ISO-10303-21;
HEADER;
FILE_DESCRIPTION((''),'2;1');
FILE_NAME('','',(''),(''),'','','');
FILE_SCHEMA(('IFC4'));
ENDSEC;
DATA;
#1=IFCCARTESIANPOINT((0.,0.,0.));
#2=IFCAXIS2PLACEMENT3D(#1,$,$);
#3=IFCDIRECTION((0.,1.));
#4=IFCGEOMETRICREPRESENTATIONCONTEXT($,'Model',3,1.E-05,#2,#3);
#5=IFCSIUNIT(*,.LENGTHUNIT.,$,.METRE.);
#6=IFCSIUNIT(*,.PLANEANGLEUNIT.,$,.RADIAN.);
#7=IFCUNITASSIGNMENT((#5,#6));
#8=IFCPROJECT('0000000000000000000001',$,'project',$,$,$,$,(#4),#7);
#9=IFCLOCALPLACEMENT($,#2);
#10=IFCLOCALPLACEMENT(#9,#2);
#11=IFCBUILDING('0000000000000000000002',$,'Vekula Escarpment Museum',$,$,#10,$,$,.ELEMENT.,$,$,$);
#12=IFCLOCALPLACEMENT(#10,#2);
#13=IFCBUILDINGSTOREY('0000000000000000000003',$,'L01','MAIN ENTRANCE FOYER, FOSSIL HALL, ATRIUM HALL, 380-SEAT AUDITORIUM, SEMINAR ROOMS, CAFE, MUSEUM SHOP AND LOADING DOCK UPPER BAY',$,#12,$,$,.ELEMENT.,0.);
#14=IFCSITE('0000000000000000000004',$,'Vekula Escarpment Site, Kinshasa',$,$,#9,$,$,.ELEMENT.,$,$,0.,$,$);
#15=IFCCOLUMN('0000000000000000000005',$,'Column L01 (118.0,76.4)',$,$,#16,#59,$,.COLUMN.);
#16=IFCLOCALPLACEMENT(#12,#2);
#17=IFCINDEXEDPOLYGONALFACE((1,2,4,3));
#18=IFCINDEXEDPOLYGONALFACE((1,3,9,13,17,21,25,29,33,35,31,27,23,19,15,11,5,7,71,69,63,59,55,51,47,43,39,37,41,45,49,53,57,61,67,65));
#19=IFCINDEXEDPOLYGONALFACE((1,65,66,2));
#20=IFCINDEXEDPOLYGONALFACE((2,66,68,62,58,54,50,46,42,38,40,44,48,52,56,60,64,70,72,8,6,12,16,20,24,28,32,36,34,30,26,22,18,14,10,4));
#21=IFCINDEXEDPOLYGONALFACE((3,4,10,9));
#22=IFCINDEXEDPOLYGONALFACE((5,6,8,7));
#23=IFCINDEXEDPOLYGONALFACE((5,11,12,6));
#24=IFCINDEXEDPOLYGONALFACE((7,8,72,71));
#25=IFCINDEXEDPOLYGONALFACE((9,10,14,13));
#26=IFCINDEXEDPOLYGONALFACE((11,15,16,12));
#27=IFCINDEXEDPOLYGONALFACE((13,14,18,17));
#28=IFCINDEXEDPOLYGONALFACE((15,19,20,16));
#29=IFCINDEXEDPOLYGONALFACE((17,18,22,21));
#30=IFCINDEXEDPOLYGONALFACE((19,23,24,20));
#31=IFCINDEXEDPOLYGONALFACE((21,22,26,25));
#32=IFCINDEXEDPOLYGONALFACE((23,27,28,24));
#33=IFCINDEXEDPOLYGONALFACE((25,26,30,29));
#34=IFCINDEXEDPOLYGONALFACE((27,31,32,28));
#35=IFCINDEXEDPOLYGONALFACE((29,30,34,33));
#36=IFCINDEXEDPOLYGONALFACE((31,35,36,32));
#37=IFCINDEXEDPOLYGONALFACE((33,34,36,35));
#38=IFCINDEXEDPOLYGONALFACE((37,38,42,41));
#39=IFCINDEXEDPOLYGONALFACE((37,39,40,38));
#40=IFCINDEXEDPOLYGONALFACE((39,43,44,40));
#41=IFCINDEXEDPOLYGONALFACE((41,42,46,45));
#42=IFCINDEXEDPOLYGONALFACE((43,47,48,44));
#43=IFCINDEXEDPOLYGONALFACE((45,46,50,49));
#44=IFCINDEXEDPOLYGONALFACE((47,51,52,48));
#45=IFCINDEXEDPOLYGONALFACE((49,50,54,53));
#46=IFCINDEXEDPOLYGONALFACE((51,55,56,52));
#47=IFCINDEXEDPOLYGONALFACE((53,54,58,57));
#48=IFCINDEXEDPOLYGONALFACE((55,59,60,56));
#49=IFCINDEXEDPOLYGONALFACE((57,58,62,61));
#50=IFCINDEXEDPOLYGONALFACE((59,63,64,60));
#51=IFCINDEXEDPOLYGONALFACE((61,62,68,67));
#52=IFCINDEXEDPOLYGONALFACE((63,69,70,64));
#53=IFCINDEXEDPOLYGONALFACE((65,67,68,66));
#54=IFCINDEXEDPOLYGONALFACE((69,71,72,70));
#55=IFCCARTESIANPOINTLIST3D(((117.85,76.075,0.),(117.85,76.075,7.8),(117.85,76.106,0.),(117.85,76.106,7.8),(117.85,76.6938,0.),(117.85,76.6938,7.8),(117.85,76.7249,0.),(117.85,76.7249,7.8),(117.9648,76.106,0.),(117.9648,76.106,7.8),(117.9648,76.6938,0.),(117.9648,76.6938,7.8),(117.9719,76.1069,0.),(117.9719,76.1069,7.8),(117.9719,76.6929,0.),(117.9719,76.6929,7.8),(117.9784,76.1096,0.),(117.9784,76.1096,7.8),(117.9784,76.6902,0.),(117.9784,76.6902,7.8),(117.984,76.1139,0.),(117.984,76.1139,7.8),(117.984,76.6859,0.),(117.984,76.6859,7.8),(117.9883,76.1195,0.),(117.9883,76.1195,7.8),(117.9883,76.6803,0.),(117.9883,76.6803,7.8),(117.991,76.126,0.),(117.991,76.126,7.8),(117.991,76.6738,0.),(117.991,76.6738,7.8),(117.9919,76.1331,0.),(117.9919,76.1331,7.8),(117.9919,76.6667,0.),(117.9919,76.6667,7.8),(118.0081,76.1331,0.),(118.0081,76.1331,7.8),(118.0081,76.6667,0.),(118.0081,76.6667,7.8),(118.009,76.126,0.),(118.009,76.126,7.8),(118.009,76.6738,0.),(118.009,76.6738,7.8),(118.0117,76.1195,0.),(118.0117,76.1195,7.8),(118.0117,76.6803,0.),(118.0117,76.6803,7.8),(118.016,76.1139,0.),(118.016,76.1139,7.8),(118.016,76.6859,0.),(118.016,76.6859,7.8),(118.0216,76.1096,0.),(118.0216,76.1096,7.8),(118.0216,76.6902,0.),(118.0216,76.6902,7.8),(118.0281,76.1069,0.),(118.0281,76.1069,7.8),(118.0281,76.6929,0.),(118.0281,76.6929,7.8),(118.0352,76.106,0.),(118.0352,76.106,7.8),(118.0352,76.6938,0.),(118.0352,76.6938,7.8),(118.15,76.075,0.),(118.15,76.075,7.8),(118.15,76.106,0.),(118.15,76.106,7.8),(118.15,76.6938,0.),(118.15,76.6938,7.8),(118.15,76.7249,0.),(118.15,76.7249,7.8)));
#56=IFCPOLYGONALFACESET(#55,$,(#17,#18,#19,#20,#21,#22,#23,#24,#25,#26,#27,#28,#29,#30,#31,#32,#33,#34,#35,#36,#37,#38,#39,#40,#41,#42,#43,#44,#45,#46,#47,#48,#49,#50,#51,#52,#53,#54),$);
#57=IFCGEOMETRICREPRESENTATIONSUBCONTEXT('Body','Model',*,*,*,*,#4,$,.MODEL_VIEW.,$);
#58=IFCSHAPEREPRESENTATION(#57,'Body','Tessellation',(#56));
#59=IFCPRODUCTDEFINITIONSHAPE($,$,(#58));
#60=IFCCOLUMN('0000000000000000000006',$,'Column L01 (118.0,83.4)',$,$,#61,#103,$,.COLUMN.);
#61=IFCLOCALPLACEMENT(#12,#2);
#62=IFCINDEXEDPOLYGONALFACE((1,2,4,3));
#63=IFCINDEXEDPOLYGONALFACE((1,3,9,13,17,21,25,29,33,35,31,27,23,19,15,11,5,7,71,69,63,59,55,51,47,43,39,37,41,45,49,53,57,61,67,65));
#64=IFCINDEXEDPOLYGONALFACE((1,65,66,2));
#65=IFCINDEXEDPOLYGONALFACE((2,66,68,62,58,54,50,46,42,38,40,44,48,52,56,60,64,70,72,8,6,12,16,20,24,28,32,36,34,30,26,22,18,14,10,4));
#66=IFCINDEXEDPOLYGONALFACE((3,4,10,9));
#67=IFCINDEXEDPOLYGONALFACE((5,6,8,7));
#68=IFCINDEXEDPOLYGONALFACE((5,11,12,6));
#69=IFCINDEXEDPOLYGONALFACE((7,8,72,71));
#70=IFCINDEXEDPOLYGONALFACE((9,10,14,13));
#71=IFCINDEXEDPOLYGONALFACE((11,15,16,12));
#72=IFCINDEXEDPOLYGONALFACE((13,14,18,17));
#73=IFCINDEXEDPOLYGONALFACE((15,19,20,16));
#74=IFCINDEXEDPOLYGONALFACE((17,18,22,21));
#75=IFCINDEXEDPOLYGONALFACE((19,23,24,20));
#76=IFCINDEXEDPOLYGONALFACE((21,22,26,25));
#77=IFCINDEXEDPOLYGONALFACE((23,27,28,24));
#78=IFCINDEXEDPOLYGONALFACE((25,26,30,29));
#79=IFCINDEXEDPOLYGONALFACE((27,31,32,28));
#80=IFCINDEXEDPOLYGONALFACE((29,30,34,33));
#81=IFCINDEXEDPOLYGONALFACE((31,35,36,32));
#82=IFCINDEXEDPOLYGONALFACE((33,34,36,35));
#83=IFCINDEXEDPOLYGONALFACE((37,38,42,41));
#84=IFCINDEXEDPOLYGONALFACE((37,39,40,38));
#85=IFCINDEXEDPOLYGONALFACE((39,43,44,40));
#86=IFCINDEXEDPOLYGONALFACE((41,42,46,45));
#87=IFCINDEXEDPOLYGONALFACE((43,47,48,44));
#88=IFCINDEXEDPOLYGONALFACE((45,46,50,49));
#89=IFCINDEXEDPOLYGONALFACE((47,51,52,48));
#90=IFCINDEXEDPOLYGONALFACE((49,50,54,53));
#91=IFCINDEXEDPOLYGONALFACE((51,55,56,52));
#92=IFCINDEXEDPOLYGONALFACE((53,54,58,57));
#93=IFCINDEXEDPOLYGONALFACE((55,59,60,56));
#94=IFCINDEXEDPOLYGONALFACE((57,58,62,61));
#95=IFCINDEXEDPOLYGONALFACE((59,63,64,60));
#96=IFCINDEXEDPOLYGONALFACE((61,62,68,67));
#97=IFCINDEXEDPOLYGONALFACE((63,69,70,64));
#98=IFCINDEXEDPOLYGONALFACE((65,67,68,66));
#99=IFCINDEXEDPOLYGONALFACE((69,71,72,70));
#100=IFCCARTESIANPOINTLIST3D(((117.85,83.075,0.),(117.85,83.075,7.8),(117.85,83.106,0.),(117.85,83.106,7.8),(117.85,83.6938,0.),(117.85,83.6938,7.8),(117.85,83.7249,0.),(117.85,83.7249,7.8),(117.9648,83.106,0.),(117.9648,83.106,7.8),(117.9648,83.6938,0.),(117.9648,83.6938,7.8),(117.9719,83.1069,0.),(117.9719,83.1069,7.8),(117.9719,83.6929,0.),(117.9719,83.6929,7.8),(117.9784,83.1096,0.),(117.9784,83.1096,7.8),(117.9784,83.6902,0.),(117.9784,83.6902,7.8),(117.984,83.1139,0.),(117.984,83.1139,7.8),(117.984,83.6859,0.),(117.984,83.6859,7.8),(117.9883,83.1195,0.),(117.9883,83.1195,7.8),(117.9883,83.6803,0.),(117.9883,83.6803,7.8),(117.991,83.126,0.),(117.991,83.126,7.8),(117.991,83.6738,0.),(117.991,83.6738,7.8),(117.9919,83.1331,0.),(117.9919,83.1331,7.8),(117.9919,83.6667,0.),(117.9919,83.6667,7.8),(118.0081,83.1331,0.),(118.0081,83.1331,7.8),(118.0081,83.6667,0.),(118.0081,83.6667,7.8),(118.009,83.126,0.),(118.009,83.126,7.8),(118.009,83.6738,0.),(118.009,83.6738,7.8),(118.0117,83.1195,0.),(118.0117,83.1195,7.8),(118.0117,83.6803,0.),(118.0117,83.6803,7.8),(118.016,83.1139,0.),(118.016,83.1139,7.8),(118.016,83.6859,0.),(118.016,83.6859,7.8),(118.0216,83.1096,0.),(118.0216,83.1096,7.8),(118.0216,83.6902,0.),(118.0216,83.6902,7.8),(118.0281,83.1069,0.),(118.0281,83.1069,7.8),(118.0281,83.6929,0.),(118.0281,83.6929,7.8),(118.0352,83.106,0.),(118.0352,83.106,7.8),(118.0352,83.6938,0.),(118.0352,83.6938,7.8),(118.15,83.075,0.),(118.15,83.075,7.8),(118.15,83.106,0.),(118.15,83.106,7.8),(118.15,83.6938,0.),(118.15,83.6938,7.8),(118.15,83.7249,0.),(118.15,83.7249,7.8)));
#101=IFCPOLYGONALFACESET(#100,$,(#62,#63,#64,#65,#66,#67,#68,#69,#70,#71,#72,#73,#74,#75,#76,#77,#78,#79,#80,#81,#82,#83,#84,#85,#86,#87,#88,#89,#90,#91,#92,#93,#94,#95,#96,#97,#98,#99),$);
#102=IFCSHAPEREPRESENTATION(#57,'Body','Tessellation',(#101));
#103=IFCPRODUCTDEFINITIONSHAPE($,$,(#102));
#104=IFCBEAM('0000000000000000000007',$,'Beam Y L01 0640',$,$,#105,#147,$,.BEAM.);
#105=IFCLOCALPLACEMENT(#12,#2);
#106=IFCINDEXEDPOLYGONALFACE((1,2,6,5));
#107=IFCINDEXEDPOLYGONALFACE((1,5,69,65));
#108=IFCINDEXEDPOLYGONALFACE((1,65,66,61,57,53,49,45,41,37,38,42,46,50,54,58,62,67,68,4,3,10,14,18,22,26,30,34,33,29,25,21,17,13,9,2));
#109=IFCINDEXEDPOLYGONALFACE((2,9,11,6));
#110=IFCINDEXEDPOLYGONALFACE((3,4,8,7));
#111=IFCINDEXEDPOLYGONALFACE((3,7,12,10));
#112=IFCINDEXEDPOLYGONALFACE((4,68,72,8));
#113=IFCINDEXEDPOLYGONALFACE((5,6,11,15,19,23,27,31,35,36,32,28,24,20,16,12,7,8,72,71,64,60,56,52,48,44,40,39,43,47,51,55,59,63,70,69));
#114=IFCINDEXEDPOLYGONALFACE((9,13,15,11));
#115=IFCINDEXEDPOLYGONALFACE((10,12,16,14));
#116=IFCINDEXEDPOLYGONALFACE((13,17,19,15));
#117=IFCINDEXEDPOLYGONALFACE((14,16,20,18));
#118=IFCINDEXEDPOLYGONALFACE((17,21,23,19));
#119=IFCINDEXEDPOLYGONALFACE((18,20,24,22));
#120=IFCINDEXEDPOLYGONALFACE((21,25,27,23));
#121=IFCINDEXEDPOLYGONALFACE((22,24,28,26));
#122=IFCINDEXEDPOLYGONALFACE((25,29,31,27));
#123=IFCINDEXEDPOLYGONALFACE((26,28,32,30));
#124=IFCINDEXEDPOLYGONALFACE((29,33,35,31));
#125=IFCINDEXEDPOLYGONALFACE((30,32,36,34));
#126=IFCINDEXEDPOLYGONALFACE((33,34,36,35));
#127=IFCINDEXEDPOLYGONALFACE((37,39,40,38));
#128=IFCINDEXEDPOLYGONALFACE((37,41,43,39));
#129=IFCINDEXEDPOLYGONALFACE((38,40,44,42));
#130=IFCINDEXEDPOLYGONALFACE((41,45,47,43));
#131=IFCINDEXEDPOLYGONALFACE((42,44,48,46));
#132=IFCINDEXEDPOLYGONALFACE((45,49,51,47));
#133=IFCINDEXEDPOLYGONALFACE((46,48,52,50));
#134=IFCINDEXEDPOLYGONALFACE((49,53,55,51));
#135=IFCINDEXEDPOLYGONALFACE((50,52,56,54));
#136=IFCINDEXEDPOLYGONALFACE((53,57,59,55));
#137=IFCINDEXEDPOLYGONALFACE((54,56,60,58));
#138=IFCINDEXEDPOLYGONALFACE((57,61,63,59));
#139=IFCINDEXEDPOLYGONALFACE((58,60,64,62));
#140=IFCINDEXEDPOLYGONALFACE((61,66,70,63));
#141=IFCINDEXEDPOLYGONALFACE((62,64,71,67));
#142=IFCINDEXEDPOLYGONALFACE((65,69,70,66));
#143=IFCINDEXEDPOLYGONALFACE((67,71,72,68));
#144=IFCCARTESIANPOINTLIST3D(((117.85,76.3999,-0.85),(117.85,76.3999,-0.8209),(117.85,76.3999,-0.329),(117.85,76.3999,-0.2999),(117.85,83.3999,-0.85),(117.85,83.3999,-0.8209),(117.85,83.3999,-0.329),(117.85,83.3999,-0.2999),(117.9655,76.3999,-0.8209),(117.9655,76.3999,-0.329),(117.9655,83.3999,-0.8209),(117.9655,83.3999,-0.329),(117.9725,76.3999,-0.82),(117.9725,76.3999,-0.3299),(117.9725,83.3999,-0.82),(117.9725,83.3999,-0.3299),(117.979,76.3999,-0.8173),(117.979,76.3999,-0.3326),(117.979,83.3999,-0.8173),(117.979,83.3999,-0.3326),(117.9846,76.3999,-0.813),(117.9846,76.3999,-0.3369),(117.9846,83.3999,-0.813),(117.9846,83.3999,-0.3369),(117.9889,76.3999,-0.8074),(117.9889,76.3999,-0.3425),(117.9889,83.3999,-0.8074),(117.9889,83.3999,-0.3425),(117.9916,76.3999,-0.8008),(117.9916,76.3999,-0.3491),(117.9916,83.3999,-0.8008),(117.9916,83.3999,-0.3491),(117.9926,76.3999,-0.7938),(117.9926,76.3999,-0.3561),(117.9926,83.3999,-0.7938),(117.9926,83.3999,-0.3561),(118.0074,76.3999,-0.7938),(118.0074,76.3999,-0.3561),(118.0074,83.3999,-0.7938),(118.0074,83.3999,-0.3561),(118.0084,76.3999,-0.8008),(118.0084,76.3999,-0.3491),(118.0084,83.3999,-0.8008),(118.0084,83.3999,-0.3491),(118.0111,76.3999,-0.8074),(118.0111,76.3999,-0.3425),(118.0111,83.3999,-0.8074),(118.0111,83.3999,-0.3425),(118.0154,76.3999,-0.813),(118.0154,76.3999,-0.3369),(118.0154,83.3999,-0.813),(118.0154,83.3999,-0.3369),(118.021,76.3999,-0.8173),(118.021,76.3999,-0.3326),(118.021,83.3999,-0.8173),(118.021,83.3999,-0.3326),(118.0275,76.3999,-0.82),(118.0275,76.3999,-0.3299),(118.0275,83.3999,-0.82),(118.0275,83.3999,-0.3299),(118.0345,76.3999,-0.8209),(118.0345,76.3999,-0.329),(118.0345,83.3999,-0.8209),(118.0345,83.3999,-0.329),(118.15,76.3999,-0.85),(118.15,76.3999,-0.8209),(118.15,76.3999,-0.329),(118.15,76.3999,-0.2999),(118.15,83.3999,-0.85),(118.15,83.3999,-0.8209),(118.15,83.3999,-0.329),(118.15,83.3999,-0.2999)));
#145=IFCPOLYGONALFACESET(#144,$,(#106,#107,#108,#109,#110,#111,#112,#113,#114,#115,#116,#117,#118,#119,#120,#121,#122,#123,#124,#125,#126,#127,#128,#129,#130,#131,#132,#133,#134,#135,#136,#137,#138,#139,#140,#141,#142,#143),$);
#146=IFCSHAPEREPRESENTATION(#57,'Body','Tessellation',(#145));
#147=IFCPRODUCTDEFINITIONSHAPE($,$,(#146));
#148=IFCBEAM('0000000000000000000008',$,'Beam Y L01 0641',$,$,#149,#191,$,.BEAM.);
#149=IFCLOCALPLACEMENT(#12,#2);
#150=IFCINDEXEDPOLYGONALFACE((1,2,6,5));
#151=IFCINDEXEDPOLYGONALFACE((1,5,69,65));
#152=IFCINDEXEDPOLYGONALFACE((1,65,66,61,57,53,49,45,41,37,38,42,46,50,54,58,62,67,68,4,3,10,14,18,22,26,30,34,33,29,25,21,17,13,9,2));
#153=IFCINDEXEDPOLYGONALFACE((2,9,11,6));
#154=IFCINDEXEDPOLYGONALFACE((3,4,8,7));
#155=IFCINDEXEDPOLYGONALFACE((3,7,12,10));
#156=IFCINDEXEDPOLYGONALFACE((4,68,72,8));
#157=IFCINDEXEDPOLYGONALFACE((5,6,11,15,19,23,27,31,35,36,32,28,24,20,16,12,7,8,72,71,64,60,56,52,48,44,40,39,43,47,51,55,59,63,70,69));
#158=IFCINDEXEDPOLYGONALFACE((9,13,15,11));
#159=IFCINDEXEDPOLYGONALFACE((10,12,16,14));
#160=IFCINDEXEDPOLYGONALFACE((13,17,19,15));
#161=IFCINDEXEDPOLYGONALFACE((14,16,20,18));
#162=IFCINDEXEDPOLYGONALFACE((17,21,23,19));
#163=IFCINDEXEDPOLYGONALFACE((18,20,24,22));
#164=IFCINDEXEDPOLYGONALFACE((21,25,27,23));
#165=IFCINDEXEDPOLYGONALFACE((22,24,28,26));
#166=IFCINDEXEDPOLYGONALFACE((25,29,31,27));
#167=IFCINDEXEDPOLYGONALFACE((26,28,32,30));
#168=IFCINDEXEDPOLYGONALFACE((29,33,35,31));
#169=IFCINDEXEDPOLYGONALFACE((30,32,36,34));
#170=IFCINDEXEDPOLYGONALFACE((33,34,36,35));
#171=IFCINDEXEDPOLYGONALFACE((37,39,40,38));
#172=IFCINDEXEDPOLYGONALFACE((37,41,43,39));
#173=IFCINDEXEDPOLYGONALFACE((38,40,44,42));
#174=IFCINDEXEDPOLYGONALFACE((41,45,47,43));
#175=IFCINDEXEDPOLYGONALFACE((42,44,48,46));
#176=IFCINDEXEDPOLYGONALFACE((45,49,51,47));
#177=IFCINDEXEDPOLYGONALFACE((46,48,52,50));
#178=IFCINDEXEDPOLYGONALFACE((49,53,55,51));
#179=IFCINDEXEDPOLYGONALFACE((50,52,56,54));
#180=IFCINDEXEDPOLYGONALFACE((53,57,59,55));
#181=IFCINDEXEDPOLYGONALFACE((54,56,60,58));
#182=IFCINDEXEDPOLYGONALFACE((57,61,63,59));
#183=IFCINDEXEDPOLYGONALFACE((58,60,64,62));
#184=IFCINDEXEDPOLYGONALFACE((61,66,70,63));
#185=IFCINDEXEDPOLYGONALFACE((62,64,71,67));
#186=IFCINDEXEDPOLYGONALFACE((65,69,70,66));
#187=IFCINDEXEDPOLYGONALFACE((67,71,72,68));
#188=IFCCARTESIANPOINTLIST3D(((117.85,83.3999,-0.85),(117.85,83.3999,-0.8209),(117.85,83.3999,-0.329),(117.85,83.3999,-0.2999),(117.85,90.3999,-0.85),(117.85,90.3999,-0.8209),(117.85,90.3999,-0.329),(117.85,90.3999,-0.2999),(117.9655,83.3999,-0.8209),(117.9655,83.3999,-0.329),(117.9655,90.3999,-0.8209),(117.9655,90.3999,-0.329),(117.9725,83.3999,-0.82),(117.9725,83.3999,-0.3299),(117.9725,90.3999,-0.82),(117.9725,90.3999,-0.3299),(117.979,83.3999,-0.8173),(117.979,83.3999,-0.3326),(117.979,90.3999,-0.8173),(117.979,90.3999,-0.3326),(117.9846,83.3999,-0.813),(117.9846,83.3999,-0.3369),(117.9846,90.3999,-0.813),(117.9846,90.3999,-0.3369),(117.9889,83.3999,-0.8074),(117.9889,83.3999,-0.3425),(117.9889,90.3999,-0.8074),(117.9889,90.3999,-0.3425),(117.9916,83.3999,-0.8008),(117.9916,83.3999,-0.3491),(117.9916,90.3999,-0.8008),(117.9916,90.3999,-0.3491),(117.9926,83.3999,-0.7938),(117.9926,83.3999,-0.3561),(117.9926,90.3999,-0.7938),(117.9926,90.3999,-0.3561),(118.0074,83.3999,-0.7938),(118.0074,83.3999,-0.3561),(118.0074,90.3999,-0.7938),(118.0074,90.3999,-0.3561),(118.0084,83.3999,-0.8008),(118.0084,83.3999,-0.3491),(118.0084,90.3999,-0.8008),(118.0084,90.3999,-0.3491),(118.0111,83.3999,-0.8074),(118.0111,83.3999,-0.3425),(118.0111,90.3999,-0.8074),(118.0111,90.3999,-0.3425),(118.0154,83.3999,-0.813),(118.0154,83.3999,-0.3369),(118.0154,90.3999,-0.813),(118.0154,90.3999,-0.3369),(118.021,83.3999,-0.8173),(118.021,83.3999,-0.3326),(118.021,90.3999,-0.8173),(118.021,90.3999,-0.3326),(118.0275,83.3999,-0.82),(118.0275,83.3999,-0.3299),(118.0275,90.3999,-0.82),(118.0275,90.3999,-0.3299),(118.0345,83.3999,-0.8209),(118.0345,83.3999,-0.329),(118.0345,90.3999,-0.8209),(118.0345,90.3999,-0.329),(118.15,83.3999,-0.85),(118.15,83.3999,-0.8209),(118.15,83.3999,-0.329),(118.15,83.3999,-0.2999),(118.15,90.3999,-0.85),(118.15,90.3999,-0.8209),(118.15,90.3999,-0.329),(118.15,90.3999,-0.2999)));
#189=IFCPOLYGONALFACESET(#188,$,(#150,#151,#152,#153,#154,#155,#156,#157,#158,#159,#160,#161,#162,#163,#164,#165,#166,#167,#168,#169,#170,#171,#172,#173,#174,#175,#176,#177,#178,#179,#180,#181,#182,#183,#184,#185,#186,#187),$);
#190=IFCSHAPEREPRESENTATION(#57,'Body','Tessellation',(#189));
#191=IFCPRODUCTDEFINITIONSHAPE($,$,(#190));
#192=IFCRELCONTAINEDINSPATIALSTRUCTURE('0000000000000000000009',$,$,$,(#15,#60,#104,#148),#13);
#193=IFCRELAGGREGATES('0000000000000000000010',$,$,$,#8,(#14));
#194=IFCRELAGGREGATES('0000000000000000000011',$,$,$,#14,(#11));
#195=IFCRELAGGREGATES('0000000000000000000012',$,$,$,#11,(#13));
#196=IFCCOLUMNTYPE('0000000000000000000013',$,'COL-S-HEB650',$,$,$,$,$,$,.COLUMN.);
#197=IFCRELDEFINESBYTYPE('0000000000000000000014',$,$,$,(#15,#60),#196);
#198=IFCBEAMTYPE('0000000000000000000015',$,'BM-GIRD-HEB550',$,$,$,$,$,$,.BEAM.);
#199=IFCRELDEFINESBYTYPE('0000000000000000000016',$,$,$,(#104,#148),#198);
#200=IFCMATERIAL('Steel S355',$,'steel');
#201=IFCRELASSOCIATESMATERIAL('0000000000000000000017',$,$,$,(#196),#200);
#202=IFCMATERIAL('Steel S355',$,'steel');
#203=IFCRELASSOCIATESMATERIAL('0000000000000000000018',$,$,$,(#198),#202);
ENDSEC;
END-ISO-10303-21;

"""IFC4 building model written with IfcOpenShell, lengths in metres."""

from ifc_helpers import new_model, si_unit, direction, frame, origin, origin_2d, place, context, subcontext, project, spatial, i_section, extrude, material, material_profile, profile_set, type_object, element, save


model = new_model("IFC4")

# Units and contexts
model_context = context("Model", 3, precision=1e-05, world=origin(), true_north=direction((0.0, 1.0)))
body_context = subcontext(model_context, "Body", "Model", "MODEL_VIEW")
ifc_project = project(units=[si_unit("LENGTHUNIT", "METRE"), si_unit("PLANEANGLEUNIT", "RADIAN")], contexts=[model_context])

# Site, building, storey
site_placement = place(None, origin())
site = spatial("IfcSite", under=ifc_project, at=site_placement, Name="Vekula Escarpment Site, Kinshasa", CompositionType="ELEMENT", RefElevation=0.0)
building_placement = place(site_placement, origin())
building = spatial("IfcBuilding", under=site, at=building_placement, Name="Vekula Escarpment Museum", CompositionType="ELEMENT")
storey_placement = place(building_placement, origin())
storey = spatial("IfcBuildingStorey", under=building, at=storey_placement, Name="L01", Description="MAIN ENTRANCE FOYER, FOSSIL HALL, ATRIUM HALL, 380-SEAT AUDITORIUM, SEMINAR ROOMS, CAFE, MUSEUM SHOP AND LOADING DOCK UPPER BAY", CompositionType="ELEMENT", Elevation=0.0)

# Columns
ifc_material_1 = material(Name="Steel S355", Category="steel")
ifc_material_profile_1 = material_profile(ifc_material_1, i_section(OverallWidth=0.3, OverallDepth=0.6499, WebThickness=0.0161, FlangeThickness=0.031, FilletRadius=0.0271, at=origin_2d()), Name="HEB 650")
ifc_profile_set_1 = profile_set([ifc_material_profile_1], Name="Steel S355")
column_type = type_object("IfcColumnType", Name="COL-S-HEB650", PredefinedType="COLUMN", material=ifc_profile_set_1)
for number, where, z_axis, x_axis, name in (
    (1, (118.0, 76.3999, 0.0), (0.0, 0.0, 1.0), (1.0, 0.0, 0.0), "Column L01 (118.0,76.4)"),
    (2, (118.0, 83.3999, 0.0), (0.0, 0.0, 1.0), (1.0, 0.0, 0.0), "Column L01 (118.0,83.4)"),
):
    element("IfcColumn", number, at=place(storey_placement, frame(where, z_axis=z_axis, x_axis=x_axis)), inside=storey, type_object=column_type, Name=name, PredefinedType="COLUMN", context=body_context, shape_type="SweptSolid", body=[
        extrude(i_section(OverallWidth=0.3, OverallDepth=0.6499, WebThickness=0.0161, FlangeThickness=0.031, FilletRadius=0.0271, at=origin_2d()), origin(), (0.0, 0.0, 1.0), 7.8),
    ])

# Beams
ifc_material_2 = material(Name="Steel S355", Category="steel")
ifc_material_profile_2 = material_profile(ifc_material_2, i_section(OverallWidth=0.3, OverallDepth=0.55, WebThickness=0.0149, FlangeThickness=0.0291, FilletRadius=0.0271, at=origin_2d()), Name="HEB 550")
ifc_profile_set_2 = profile_set([ifc_material_profile_2], Name="Steel S355")
beam_type_1 = type_object("IfcBeamType", Name="BM-GIRD-HEB550", PredefinedType="BEAM", material=ifc_profile_set_2)
for number, where, z_axis, x_axis, name in (
    (3, (118.0, 76.3999, -0.575), (0.0, 1.0, 0.0), (-1.0, 0.0, 0.0), "Beam Y L01 0640"),
    (4, (118.0, 83.3999, -0.575), (0.0, 1.0, 0.0), (-1.0, 0.0, 0.0), "Beam Y L01 0641"),
):
    element("IfcBeam", number, at=place(storey_placement, frame(where, z_axis=z_axis, x_axis=x_axis)), inside=storey, type_object=beam_type_1, Name=name, PredefinedType="BEAM", context=body_context, shape_type="SweptSolid", body=[
        extrude(i_section(OverallWidth=0.3, OverallDepth=0.55, WebThickness=0.0149, FlangeThickness=0.0291, FilletRadius=0.0271, at=origin_2d()), origin(), (0.0, 0.0, 1.0), 7.0),
    ])

save(model, "model.ifc")
